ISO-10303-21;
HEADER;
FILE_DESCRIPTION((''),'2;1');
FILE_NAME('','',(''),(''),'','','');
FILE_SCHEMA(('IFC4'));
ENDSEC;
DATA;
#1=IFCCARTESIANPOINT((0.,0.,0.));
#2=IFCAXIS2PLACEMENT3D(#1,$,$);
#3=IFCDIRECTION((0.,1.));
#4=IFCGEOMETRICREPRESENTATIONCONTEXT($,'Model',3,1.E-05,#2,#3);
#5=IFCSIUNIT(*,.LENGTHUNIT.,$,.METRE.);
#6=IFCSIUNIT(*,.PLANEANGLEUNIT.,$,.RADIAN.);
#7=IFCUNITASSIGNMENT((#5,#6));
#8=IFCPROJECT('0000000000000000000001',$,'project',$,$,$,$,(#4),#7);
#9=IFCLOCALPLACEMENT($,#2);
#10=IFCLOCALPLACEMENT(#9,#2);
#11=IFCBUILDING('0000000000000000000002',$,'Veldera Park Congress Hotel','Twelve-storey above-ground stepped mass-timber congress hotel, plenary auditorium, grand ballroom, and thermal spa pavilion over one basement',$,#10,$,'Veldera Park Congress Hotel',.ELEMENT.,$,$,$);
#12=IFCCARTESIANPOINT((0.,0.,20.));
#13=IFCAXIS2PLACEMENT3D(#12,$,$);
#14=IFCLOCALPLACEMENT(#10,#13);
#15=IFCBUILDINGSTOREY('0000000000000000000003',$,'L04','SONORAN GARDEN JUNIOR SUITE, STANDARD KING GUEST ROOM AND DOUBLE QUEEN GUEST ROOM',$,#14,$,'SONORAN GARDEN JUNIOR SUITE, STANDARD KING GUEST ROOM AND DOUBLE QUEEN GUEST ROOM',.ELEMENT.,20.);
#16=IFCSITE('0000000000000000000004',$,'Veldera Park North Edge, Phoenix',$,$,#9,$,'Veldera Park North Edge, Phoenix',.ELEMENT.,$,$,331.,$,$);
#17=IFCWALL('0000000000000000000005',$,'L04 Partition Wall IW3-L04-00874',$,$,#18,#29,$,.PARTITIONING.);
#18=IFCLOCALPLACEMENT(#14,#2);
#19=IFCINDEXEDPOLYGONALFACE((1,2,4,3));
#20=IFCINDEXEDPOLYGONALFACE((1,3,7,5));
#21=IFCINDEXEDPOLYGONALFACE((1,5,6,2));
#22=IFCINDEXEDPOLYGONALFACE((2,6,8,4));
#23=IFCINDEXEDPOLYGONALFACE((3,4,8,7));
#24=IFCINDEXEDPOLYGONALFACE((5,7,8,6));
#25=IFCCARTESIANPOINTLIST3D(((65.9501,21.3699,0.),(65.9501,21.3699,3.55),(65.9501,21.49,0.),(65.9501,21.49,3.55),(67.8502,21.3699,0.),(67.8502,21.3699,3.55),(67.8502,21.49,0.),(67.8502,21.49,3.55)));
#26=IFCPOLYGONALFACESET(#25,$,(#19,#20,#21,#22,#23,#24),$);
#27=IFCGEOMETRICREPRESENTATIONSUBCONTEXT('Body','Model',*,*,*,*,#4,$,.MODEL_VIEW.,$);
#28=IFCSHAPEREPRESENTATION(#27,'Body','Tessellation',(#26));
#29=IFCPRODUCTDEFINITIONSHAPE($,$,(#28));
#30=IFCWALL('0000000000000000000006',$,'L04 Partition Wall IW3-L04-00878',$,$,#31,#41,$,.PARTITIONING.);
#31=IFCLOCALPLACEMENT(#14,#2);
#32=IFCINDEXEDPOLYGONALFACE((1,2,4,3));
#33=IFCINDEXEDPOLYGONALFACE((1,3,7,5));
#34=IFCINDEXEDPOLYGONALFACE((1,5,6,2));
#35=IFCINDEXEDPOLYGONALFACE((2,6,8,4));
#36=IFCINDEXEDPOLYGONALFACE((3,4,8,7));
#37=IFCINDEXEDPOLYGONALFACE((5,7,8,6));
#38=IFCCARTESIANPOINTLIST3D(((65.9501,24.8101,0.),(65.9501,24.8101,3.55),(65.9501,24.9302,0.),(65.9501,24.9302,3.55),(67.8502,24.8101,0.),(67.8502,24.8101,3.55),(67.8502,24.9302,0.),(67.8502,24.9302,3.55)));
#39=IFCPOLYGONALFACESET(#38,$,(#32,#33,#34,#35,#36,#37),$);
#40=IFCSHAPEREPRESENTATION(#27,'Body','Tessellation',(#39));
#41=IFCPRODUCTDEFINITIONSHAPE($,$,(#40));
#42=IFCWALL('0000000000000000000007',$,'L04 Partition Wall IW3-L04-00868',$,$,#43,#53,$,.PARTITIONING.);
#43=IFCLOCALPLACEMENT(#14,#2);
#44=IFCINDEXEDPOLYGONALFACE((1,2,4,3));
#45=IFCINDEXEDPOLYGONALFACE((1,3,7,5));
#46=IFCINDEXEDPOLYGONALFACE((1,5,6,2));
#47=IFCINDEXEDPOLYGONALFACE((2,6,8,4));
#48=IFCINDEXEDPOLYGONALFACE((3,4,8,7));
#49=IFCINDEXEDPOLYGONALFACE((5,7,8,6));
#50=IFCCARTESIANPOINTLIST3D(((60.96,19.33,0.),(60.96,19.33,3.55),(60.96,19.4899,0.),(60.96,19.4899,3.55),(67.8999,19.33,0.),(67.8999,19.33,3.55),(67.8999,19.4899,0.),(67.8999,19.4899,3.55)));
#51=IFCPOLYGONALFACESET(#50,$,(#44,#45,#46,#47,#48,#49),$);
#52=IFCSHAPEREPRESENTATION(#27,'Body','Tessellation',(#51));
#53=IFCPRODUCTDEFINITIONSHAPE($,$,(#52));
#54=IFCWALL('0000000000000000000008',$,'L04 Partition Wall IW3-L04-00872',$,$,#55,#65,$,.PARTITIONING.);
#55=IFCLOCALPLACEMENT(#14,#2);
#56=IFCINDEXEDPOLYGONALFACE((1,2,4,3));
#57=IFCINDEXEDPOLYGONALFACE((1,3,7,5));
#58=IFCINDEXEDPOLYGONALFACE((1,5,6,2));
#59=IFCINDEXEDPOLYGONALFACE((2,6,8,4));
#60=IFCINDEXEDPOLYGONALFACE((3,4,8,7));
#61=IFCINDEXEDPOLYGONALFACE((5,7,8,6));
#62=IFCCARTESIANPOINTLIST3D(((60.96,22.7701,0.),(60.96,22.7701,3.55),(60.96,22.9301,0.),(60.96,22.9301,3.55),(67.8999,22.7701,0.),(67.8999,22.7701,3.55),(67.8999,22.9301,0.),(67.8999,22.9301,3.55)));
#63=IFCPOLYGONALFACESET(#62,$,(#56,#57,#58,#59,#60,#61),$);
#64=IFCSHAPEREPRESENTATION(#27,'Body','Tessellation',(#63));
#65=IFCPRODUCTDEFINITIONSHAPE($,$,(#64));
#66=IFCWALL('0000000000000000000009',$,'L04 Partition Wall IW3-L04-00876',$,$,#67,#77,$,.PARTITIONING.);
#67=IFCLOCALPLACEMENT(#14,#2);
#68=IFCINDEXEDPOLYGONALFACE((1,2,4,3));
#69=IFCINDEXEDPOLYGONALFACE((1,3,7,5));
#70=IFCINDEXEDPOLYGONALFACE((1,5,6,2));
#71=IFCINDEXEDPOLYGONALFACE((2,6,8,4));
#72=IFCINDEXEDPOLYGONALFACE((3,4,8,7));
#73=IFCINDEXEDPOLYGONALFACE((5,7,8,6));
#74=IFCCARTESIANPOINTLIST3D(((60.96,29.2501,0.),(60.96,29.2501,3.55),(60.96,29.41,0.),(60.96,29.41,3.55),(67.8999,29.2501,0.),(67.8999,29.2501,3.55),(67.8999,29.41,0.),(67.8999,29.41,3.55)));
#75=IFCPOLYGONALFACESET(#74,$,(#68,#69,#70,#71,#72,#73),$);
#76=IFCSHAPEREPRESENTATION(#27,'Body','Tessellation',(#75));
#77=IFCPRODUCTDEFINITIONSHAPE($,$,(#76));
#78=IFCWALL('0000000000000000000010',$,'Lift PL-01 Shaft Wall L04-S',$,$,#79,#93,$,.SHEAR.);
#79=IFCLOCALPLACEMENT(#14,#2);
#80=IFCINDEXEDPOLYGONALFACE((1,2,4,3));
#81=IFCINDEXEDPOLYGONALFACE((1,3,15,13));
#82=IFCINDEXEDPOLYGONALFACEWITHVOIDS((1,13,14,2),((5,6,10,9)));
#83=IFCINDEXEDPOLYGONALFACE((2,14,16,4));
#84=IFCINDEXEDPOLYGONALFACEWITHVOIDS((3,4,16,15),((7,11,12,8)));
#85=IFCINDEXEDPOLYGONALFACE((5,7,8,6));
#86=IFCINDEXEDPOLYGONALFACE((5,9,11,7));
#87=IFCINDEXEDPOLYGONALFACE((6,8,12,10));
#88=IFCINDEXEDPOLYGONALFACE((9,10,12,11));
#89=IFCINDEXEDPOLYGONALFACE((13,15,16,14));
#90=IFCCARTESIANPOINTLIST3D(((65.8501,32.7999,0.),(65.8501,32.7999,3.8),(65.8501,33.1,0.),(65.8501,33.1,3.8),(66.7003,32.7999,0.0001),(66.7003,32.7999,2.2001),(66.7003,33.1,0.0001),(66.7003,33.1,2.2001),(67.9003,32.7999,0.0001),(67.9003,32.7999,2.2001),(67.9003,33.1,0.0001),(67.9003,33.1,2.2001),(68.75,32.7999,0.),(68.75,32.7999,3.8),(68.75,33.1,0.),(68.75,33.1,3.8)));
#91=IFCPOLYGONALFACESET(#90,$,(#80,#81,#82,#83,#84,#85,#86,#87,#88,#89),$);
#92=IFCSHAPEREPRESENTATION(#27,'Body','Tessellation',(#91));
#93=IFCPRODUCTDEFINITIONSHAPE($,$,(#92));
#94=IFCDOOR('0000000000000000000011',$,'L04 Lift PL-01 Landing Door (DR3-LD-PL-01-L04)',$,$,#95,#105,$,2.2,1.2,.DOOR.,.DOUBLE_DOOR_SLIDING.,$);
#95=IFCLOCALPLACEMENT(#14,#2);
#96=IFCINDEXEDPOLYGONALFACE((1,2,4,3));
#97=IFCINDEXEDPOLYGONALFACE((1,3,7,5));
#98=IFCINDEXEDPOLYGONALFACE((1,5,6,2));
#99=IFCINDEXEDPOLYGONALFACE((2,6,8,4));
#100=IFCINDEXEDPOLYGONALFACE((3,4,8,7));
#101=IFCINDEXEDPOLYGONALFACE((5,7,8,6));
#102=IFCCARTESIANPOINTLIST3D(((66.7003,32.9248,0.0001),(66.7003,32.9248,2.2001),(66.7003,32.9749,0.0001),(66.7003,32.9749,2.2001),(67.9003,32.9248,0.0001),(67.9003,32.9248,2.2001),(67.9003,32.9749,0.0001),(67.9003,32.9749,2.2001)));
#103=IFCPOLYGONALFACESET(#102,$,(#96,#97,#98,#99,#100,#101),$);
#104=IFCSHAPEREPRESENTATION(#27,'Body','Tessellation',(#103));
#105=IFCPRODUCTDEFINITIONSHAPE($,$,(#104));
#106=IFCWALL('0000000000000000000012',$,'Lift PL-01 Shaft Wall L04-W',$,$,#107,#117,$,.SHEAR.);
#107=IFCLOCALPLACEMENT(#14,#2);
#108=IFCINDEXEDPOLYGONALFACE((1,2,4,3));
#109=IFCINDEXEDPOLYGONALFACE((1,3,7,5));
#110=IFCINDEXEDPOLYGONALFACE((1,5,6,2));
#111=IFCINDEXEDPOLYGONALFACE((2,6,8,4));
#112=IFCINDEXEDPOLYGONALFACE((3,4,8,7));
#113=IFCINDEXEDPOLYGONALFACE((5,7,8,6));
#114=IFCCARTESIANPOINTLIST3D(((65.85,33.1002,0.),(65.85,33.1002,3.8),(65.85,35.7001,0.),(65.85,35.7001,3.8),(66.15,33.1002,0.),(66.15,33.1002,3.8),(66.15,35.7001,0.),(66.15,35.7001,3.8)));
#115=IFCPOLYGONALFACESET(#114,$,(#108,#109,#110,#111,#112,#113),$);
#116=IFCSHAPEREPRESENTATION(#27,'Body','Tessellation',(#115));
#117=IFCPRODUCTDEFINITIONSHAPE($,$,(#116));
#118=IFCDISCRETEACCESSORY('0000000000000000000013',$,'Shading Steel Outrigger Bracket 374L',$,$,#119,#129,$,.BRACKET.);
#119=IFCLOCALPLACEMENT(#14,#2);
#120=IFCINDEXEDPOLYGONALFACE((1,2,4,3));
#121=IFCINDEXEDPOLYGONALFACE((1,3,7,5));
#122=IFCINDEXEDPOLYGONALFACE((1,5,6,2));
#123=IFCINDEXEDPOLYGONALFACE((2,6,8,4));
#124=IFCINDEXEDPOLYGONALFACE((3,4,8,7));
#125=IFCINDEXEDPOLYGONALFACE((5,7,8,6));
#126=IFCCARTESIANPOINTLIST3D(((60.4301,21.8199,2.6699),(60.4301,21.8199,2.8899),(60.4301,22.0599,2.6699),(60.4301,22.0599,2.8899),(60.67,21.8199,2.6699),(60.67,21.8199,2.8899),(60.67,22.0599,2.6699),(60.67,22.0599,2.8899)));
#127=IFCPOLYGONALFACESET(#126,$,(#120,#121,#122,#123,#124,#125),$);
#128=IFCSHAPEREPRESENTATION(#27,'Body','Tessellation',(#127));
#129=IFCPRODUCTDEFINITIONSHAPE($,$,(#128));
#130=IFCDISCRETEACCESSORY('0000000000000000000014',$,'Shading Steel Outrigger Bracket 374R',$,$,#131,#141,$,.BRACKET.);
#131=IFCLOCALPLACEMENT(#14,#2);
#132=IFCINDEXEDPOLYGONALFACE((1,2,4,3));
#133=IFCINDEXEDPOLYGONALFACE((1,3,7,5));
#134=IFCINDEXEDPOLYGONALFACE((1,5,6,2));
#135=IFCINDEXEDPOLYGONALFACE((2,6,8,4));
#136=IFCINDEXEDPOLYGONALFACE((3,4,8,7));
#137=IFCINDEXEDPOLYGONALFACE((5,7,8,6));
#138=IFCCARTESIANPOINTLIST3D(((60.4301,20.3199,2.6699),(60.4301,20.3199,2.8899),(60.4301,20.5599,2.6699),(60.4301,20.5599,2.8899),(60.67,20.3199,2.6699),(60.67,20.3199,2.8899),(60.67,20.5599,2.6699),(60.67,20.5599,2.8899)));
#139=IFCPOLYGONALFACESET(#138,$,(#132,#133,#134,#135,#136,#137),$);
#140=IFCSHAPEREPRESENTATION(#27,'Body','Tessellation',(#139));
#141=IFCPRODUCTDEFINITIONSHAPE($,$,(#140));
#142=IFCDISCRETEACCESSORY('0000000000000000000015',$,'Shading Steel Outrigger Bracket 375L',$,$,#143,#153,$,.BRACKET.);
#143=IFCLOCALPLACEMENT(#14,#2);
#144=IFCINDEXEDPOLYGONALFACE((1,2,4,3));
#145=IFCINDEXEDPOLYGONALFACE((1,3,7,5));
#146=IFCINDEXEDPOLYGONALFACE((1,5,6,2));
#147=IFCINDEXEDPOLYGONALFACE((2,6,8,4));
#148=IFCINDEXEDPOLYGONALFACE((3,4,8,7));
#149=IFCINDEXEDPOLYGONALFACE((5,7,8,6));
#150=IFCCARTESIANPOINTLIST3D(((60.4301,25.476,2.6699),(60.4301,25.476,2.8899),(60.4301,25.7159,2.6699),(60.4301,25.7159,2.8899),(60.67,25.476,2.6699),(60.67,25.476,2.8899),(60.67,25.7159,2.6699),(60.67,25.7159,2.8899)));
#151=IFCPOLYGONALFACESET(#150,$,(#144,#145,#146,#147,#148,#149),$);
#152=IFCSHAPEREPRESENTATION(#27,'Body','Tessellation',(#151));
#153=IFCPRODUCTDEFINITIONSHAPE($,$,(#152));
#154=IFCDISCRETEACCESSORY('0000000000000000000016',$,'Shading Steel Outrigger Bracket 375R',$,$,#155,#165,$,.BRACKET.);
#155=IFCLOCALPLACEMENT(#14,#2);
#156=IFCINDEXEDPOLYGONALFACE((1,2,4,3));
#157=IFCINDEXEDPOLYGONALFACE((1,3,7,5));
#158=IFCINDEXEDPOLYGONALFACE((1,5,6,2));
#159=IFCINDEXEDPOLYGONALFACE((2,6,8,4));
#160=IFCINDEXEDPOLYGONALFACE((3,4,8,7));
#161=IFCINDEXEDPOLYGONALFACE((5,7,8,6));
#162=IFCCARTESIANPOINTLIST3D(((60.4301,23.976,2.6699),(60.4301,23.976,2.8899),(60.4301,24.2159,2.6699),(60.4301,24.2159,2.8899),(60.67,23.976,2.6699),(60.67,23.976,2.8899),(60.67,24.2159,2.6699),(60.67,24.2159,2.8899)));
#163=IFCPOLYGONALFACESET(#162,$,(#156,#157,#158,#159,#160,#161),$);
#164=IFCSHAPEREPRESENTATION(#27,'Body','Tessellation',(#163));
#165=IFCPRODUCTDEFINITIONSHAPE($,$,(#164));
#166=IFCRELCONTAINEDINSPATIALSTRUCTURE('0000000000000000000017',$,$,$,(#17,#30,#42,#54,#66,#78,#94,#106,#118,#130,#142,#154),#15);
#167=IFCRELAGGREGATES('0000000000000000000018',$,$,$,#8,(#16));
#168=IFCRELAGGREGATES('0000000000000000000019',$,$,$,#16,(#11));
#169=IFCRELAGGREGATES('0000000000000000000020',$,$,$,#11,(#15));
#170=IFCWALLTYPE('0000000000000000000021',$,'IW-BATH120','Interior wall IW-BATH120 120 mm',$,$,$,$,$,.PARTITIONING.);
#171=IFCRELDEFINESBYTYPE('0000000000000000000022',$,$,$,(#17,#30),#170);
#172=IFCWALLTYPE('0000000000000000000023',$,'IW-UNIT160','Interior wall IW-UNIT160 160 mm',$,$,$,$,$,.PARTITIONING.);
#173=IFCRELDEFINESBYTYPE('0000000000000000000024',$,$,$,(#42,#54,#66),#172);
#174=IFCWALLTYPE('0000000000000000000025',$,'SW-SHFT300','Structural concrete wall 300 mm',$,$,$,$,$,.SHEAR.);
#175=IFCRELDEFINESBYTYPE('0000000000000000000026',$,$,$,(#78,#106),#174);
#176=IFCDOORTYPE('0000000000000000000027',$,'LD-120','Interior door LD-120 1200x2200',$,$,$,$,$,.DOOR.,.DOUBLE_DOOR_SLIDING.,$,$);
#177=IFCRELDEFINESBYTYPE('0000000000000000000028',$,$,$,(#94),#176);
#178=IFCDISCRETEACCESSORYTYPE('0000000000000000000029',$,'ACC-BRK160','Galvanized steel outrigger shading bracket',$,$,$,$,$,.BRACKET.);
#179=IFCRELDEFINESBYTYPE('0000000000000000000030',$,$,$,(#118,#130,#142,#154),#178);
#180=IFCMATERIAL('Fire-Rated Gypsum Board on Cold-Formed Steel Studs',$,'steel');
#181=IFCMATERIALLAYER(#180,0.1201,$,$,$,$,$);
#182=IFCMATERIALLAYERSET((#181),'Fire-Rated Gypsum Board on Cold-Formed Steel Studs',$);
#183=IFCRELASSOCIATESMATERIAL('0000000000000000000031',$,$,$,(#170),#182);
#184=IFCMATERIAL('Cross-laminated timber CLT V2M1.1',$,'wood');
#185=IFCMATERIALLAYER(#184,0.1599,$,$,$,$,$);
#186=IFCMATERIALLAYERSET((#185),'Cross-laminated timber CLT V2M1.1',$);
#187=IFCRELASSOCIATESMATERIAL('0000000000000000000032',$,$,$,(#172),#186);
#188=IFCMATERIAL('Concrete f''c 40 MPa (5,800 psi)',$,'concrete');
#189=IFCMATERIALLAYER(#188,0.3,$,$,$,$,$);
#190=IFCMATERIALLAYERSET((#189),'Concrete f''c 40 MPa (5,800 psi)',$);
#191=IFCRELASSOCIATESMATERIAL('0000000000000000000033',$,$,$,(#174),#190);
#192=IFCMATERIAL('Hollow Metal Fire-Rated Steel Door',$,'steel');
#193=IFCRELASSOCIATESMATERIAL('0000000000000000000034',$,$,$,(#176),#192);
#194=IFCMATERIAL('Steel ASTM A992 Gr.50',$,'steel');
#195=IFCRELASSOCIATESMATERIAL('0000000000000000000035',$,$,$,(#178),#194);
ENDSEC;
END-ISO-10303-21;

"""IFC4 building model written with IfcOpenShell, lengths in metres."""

from ifc_helpers import new_model, si_unit, direction, frame, frame_2d, origin, origin_2d, place, context, subcontext, project, spatial, rectangle, extrude, material, layer, layer_set, type_object, element, fill, save


model = new_model("IFC4")

# Units and contexts
model_context = context("Model", 3, precision=1e-05, world=origin(), true_north=direction((0.0, 1.0)))
body_context = subcontext(model_context, "Body", "Model", "MODEL_VIEW")
ifc_project = project(units=[si_unit("LENGTHUNIT", "METRE"), si_unit("PLANEANGLEUNIT", "RADIAN")], contexts=[model_context])

# Site, building, storey
site_placement = place(None, origin())
site = spatial("IfcSite", under=ifc_project, at=site_placement, Name="Veldera Park North Edge, Phoenix", LongName="Veldera Park North Edge, Phoenix", CompositionType="ELEMENT", RefElevation=331.0)
building_placement = place(site_placement, origin())
building = spatial("IfcBuilding", under=site, at=building_placement, Name="Veldera Park Congress Hotel", Description="Twelve-storey above-ground stepped mass-timber congress hotel, plenary auditorium, grand ballroom, and thermal spa pavilion over one basement", LongName="Veldera Park Congress Hotel", CompositionType="ELEMENT")
storey_placement = place(building_placement, frame((0.0, 0.0, 20.0)))
storey = spatial("IfcBuildingStorey", under=building, at=storey_placement, Name="L04", Description="SONORAN GARDEN JUNIOR SUITE, STANDARD KING GUEST ROOM AND DOUBLE QUEEN GUEST ROOM", LongName="SONORAN GARDEN JUNIOR SUITE, STANDARD KING GUEST ROOM AND DOUBLE QUEEN GUEST ROOM", CompositionType="ELEMENT", Elevation=20.0)

# Shared definitions
ifc_material_1 = material(Name="Cross-laminated timber CLT V2M1.1", Category="wood")

# Shared definitions
ifc_material_2 = material(Name="Fire-Rated Gypsum Board on Cold-Formed Steel Studs", Category="steel")
ifc_layer_1 = layer(ifc_material_2, 0.1201)
ifc_layer_set_1 = layer_set([ifc_layer_1], Name="Fire-Rated Gypsum Board on Cold-Formed Steel Studs")
wall_type_1 = type_object("IfcWallType", Name="IW-BATH120", Description="Interior wall IW-BATH120 120 mm", PredefinedType="PARTITIONING", material=ifc_layer_set_1)

# Wall
wall_1_placement = place(storey_placement, frame((65.95, 21.4299, 0.0), z_axis=(0.0, 0.0, 1.0), x_axis=(1.0, 0.0, 0.0)))
element("IfcWall", 1, at=wall_1_placement, inside=storey, type_object=wall_type_1, Name="L04 Partition Wall IW3-L04-00874", PredefinedType="PARTITIONING", context=body_context, shape_type="SweptSolid", body=[
    extrude(rectangle(XDim=1.9001, YDim=0.1201, at=frame_2d((0.9502, 0.0))), origin(), (0.0, 0.0, 1.0), 3.55),
])

# Walls
wall_2_placement = place(storey_placement, frame((65.95, 24.8701, 0.0), z_axis=(0.0, 0.0, 1.0), x_axis=(1.0, 0.0, 0.0)))
element("IfcWall", 2, at=wall_2_placement, inside=storey, type_object=wall_type_1, Name="L04 Partition Wall IW3-L04-00878", PredefinedType="PARTITIONING", context=body_context, shape_type="SweptSolid", body=[
    extrude(rectangle(XDim=1.9001, YDim=0.1201, at=frame_2d((0.9502, 0.0))), origin(), (0.0, 0.0, 1.0), 3.55),
])
ifc_layer_2 = layer(ifc_material_1, 0.1599)
ifc_layer_set_2 = layer_set([ifc_layer_2], Name="Cross-laminated timber CLT V2M1.1")
wall_type_2 = type_object("IfcWallType", Name="IW-UNIT160", Description="Interior wall IW-UNIT160 160 mm", PredefinedType="PARTITIONING", material=ifc_layer_set_2)
for number, where, z_axis, x_axis, name in (
    (3, (60.96, 19.4099, 0.0), (0.0, 0.0, 1.0), (1.0, 0.0, 0.0), "L04 Partition Wall IW3-L04-00868"),
    (4, (60.96, 22.8501, 0.0), (0.0, 0.0, 1.0), (1.0, 0.0, 0.0), "L04 Partition Wall IW3-L04-00872"),
    (5, (60.96, 29.3301, 0.0), (0.0, 0.0, 1.0), (1.0, 0.0, 0.0), "L04 Partition Wall IW3-L04-00876"),
):
    element("IfcWall", number, at=place(storey_placement, frame(where, z_axis=z_axis, x_axis=x_axis)), inside=storey, type_object=wall_type_2, Name=name, PredefinedType="PARTITIONING", context=body_context, shape_type="SweptSolid", body=[
        extrude(rectangle(XDim=6.9399, YDim=0.1599, at=frame_2d((3.47, 0.0))), origin(), (0.0, 0.0, 1.0), 3.55),
    ])

# Wall, opening, door
ifc_material_3 = material(Name="Concrete f'c 40 MPa (5,800 psi)", Category="concrete")
ifc_layer_3 = layer(ifc_material_3, 0.3)
ifc_layer_set_3 = layer_set([ifc_layer_3], Name="Concrete f'c 40 MPa (5,800 psi)")
wall_type_3 = type_object("IfcWallType", Name="SW-SHFT300", Description="Structural concrete wall 300 mm", PredefinedType="SHEAR", material=ifc_layer_set_3)
wall_3_placement = place(storey_placement, frame((65.8501, 32.95, 0.0), z_axis=(0.0, 0.0, 1.0), x_axis=(1.0, 0.0, 0.0)))
wall_3 = element("IfcWall", 6, at=wall_3_placement, inside=storey, type_object=wall_type_3, Name="Lift PL-01 Shaft Wall L04-S", PredefinedType="SHEAR", context=body_context, shape_type="SweptSolid", body=[
    extrude(rectangle(XDim=2.8999, YDim=0.3, at=frame_2d((1.45, 0.0))), origin(), (0.0, 0.0, 1.0), 3.8),
])
opening_1_placement = place(wall_3_placement, frame((0.8501, 0.0, 0.0)))
opening_1 = element("IfcOpeningElement", 7, at=opening_1_placement, cuts=wall_3, PredefinedType="OPENING", context=body_context, shape_type="SweptSolid", body=[
    extrude(rectangle(XDim=1.2, YDim=2.2, at=frame_2d((0.6001, 1.1001))), frame((0.0, 0.1621, 0.0), z_axis=(0.0, -1.0, 0.0), x_axis=(1.0, 0.0, 0.0)), (0.0, 0.0, 1.0), 0.324),
])
ifc_material_4 = material(Name="Hollow Metal Fire-Rated Steel Door", Category="steel")
door_type_1 = type_object("IfcDoorType", Name="LD-120", Description="Interior door LD-120 1200x2200", OperationType="DOUBLE_DOOR_SLIDING", PredefinedType="DOOR", material=ifc_material_4)
door_1_placement = place(opening_1_placement, origin())
door_1 = element("IfcDoor", 8, at=door_1_placement, inside=storey, type_object=door_type_1, Name="L04 Lift PL-01 Landing Door (DR3-LD-PL-01-L04)", OperationType="DOUBLE_DOOR_SLIDING", OverallHeight=2.2, OverallWidth=1.2, PredefinedType="DOOR", context=body_context, shape_type="SweptSolid", body=[
    extrude(rectangle(XDim=1.2, YDim=2.2, at=frame_2d((0.6001, 1.1001))), frame((0.0, 0.0249, 0.0), z_axis=(0.0, -1.0, 0.0), x_axis=(1.0, 0.0, 0.0)), (0.0, 0.0, 1.0), 0.05),
])
fill(opening_1, door_1)

# Wall
wall_4_placement = place(storey_placement, frame((66.0, 35.7, 0.0), z_axis=(0.0, 0.0, 1.0), x_axis=(0.0, -1.0, 0.0)))
element("IfcWall", 9, at=wall_4_placement, inside=storey, type_object=wall_type_3, Name="Lift PL-01 Shaft Wall L04-W", PredefinedType="SHEAR", context=body_context, shape_type="SweptSolid", body=[
    extrude(rectangle(XDim=2.5999, YDim=0.3, at=frame_2d((1.2998, 0.0))), origin(), (0.0, 0.0, 1.0), 3.8),
])

# Discrete accessories
ifc_material_5 = material(Name="Steel ASTM A992 Gr.50", Category="steel")
discrete_accessory_type = type_object("IfcDiscreteAccessoryType", Name="ACC-BRK160", Description="Galvanized steel outrigger shading bracket", PredefinedType="BRACKET", material=ifc_material_5)
for number, where, z_axis, x_axis, name in (
    (10, (60.55, 21.9399, 2.6699), (0.0, 0.0, 1.0), (0.0, -1.0, 0.0), "Shading Steel Outrigger Bracket 374L"),
    (11, (60.55, 20.4399, 2.6699), (0.0, 0.0, 1.0), (0.0, -1.0, 0.0), "Shading Steel Outrigger Bracket 374R"),
    (12, (60.55, 25.5959, 2.6699), (0.0, 0.0, 1.0), (0.0, -1.0, 0.0), "Shading Steel Outrigger Bracket 375L"),
    (13, (60.55, 24.0959, 2.6699), (0.0, 0.0, 1.0), (0.0, -1.0, 0.0), "Shading Steel Outrigger Bracket 375R"),
):
    element("IfcDiscreteAccessory", number, at=place(storey_placement, frame(where, z_axis=z_axis, x_axis=x_axis)), inside=storey, type_object=discrete_accessory_type, Name=name, PredefinedType="BRACKET", context=body_context, shape_type="SweptSolid", body=[
        extrude(rectangle(XDim=0.24, YDim=0.24, at=origin_2d()), origin(), (0.0, 0.0, 1.0), 0.22),
    ])

save(model, "model.ifc")
